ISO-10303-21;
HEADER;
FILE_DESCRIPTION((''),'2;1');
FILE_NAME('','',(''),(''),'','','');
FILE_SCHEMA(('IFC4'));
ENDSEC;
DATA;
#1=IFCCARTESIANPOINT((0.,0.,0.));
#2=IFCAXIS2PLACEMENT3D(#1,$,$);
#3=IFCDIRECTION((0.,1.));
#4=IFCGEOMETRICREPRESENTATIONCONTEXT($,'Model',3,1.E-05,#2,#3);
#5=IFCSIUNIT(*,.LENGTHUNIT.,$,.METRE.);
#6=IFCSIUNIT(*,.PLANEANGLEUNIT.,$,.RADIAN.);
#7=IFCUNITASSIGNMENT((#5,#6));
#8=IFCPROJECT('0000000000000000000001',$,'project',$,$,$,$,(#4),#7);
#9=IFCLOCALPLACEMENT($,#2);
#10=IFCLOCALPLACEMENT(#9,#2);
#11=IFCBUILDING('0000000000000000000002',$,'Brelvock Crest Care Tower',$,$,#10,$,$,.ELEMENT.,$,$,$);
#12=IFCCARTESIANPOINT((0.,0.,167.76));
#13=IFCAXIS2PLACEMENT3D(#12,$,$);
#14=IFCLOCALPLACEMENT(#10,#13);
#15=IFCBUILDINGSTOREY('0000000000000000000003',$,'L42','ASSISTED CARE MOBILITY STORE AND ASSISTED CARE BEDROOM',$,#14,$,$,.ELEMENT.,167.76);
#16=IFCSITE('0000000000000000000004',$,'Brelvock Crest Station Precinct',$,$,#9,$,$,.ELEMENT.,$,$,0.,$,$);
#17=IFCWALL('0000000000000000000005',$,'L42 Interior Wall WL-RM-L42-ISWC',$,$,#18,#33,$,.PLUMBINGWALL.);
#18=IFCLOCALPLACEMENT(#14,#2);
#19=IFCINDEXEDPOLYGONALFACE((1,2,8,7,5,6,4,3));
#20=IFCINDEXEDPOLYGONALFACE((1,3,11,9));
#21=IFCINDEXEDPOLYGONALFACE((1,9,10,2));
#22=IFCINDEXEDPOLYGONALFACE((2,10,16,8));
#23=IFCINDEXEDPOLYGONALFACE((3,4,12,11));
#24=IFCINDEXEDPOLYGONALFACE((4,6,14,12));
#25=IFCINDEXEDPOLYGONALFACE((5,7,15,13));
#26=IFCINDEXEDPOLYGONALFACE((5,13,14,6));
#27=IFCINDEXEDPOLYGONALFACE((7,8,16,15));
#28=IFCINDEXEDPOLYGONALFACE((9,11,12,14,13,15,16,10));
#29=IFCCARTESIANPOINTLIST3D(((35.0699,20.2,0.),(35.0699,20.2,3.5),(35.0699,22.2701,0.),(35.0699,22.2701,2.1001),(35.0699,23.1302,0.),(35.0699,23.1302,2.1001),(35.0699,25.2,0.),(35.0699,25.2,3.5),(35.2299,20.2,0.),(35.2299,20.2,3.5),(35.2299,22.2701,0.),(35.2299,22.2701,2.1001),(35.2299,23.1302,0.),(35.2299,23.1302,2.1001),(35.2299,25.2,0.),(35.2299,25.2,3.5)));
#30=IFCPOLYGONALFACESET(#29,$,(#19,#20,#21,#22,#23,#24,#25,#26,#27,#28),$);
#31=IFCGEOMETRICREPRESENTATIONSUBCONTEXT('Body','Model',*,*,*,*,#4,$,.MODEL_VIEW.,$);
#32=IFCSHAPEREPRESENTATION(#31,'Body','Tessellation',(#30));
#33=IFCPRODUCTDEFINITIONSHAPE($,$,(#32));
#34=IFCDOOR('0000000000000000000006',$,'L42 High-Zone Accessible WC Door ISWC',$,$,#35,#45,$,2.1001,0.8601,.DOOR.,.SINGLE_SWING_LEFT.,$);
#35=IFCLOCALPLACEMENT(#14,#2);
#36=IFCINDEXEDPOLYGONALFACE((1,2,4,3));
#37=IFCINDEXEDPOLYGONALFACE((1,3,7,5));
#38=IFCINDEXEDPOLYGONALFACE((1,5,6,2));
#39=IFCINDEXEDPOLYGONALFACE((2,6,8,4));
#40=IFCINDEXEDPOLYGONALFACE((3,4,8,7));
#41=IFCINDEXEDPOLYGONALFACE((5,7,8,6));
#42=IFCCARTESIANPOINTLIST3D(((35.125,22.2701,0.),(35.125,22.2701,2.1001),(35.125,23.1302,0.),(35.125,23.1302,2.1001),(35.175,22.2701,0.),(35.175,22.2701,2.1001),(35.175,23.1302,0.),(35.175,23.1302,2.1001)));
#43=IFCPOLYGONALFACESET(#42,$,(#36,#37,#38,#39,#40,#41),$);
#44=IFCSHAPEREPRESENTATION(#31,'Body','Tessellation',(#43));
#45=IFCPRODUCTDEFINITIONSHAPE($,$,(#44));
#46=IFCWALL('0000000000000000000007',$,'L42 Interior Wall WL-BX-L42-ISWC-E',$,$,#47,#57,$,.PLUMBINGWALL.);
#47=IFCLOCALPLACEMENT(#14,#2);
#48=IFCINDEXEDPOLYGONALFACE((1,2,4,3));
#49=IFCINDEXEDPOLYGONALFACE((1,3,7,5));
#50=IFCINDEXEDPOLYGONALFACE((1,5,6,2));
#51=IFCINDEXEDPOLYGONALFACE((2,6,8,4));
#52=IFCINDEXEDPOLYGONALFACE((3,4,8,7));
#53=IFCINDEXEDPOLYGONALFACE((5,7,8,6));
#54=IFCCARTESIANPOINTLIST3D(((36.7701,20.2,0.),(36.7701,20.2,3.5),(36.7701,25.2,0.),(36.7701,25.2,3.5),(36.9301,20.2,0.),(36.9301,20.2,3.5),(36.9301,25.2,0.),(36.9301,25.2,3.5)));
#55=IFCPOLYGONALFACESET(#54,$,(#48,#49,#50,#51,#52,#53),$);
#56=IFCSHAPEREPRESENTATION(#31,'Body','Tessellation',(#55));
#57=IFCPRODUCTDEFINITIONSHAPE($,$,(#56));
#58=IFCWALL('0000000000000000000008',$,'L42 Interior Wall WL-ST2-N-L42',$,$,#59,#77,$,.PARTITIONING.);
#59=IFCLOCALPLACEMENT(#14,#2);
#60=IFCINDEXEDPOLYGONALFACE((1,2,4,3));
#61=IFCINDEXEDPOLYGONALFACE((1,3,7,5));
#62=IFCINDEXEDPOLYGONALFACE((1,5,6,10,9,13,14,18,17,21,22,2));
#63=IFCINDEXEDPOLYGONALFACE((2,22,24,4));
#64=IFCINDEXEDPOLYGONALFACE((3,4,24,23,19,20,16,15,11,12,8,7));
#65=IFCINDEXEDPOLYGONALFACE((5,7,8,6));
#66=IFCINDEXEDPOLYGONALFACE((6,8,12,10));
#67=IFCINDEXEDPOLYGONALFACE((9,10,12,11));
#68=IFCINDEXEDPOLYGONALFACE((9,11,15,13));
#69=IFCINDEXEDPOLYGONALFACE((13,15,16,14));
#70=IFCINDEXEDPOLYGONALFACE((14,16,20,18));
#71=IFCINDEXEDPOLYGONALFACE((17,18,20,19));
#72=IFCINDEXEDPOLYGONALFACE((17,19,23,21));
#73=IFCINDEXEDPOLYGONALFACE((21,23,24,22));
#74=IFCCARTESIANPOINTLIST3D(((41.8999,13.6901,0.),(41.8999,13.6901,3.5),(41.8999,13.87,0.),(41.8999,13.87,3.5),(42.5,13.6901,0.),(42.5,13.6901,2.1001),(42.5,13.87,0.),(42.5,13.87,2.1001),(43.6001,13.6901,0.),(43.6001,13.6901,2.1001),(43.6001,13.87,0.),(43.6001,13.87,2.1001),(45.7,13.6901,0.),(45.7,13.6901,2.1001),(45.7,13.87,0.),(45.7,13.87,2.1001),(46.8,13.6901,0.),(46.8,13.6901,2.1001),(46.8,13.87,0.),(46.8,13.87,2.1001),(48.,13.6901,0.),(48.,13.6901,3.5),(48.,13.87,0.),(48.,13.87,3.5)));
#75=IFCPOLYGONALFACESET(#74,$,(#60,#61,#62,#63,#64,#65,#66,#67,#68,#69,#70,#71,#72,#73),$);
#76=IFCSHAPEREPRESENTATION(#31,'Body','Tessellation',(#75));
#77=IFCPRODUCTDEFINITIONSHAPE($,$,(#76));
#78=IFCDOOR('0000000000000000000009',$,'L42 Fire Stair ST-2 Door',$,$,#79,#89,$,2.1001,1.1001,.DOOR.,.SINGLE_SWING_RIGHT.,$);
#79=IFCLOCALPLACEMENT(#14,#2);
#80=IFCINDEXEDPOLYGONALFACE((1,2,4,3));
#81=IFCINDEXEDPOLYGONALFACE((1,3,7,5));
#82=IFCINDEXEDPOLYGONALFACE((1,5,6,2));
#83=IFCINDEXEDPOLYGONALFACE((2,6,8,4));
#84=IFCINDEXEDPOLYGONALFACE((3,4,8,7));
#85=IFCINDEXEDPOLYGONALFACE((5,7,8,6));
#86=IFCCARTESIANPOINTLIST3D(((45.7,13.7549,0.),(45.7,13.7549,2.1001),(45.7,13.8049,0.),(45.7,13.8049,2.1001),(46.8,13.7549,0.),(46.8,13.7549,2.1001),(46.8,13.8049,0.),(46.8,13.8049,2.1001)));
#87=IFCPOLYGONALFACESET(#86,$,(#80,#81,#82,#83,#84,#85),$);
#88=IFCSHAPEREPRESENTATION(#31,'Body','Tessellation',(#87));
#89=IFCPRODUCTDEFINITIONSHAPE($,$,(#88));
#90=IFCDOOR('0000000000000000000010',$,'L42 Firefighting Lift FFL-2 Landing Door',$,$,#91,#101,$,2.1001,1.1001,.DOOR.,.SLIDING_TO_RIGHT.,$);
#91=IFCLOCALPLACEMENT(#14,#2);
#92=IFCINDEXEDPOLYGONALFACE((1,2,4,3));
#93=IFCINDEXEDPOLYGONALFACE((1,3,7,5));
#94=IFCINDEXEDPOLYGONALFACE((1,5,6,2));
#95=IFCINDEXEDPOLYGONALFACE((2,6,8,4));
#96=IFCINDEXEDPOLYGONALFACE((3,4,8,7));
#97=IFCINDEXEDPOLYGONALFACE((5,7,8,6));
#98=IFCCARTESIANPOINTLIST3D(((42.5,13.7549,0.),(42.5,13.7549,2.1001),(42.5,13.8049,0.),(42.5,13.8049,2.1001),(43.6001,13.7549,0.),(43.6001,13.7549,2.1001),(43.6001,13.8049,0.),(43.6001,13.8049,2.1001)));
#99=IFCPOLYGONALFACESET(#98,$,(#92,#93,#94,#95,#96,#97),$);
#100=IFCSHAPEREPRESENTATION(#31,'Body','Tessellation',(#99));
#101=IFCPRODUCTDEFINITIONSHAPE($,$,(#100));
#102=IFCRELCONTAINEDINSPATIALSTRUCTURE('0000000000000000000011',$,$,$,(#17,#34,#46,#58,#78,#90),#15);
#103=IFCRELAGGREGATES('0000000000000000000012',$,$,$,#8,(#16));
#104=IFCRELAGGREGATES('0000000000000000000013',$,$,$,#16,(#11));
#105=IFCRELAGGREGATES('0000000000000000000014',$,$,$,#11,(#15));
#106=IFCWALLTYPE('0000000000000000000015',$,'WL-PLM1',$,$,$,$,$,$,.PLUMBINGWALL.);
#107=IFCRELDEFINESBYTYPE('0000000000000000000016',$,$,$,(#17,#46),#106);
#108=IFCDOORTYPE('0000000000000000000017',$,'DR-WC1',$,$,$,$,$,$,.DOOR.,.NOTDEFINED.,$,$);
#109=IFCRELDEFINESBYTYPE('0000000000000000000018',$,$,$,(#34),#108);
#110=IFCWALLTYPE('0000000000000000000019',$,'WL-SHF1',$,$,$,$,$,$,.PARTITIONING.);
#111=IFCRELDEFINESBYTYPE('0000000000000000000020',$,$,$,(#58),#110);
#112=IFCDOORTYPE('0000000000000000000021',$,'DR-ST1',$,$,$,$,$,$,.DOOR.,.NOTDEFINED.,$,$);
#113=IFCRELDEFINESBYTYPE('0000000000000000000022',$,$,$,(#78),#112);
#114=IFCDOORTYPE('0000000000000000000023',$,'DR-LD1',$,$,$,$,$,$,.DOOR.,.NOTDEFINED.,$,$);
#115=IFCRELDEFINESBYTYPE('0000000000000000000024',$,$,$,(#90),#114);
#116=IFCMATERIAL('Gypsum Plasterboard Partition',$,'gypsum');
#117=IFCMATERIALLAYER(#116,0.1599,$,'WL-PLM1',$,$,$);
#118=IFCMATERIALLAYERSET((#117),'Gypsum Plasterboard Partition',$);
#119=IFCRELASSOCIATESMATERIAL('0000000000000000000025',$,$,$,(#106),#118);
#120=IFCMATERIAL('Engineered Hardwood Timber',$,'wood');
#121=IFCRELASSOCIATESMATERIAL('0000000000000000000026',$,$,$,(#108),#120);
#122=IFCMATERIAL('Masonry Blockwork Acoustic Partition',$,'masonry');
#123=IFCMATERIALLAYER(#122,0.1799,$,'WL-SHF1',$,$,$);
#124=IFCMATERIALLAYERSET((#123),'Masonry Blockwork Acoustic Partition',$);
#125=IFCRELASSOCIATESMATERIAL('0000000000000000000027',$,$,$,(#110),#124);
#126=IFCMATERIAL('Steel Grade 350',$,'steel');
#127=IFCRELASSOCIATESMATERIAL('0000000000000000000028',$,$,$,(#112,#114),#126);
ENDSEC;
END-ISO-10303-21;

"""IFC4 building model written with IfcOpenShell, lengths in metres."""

from ifc_helpers import new_model, si_unit, direction, frame, frame_2d, origin, origin_2d, place, context, subcontext, project, spatial, rectangle, extrude, source, transform, mapped, material, layer, layer_set, type_object, element, fill, save


model = new_model("IFC4")

# Units and contexts
model_context = context("Model", 3, precision=1e-05, world=origin(), true_north=direction((0.0, 1.0)))
body_context = subcontext(model_context, "Body", "Model", "MODEL_VIEW")
ifc_project = project(units=[si_unit("LENGTHUNIT", "METRE"), si_unit("PLANEANGLEUNIT", "RADIAN")], contexts=[model_context])

# Site, building, storey
site_placement = place(None, origin())
site = spatial("IfcSite", under=ifc_project, at=site_placement, Name="Brelvock Crest Station Precinct", CompositionType="ELEMENT", RefElevation=0.0)
building_placement = place(site_placement, origin())
building = spatial("IfcBuilding", under=site, at=building_placement, Name="Brelvock Crest Care Tower", CompositionType="ELEMENT")
storey_placement = place(building_placement, frame((0.0, 0.0, 167.76)))
storey = spatial("IfcBuildingStorey", under=building, at=storey_placement, Name="L42", Description="ASSISTED CARE MOBILITY STORE AND ASSISTED CARE BEDROOM", CompositionType="ELEMENT", Elevation=167.76)

# Shared definitions
ifc_material_1 = material(Name="Steel Grade 350", Category="steel")

# Shared definitions
ifc_material_2 = material(Name="Masonry Blockwork Acoustic Partition", Category="masonry")

# Shared definitions
ifc_material_3 = material(Name="Engineered Hardwood Timber", Category="wood")

# Shared definitions
ifc_material_4 = material(Name="Gypsum Plasterboard Partition", Category="gypsum")
ifc_layer_1 = layer(ifc_material_4, 0.1599, Name="WL-PLM1")
ifc_layer_set_1 = layer_set([ifc_layer_1], Name="Gypsum Plasterboard Partition")
wall_type_1 = type_object("IfcWallType", Name="WL-PLM1", PredefinedType="PLUMBINGWALL", material=ifc_layer_set_1)

# Wall, opening, door
wall_1_placement = place(storey_placement, frame((35.1499, 20.2, 0.0), z_axis=(0.0, 0.0, 1.0), x_axis=(0.0, 1.0, 0.0)))
wall_1 = element("IfcWall", 1, at=wall_1_placement, inside=storey, type_object=wall_type_1, Name="L42 Interior Wall WL-RM-L42-ISWC", PredefinedType="PLUMBINGWALL", context=body_context, shape_type="SweptSolid", body=[
    extrude(rectangle(XDim=5.0, YDim=0.1599, at=frame_2d((2.5, 0.0))), origin(), (0.0, 0.0, 1.0), 3.5),
])
opening_1_placement = place(wall_1_placement, frame((2.0701, 0.0, 0.0)))
opening_1 = element("IfcOpeningElement", 2, at=opening_1_placement, cuts=wall_1, PredefinedType="OPENING", context=body_context, shape_type="SweptSolid", body=[
    extrude(rectangle(XDim=0.8601, YDim=2.1001, at=origin_2d()), frame((0.4302, 0.0898, 1.05), z_axis=(0.0, -1.0, 0.0), x_axis=(1.0, 0.0, 0.0)), (0.0, 0.0, 1.0), 0.1799),
])
door_type_1 = type_object("IfcDoorType", Name="DR-WC1", OperationType="NOTDEFINED", PredefinedType="DOOR", material=ifc_material_3)
shared_shape_1 = source(origin(), body_context, "Body", "SweptSolid", [
    extrude(rectangle(XDim=0.8601, YDim=2.1001, at=origin_2d()), frame((0.4302, 0.0249, 1.05), z_axis=(0.0, -1.0, 0.0), x_axis=(1.0, 0.0, 0.0)), (0.0, 0.0, 1.0), 0.05),
])
door_1_placement = place(opening_1_placement, origin())
door_1 = element("IfcDoor", 3, at=door_1_placement, inside=storey, type_object=door_type_1, Name="L42 High-Zone Accessible WC Door ISWC", OperationType="SINGLE_SWING_LEFT", OverallHeight=2.1001, OverallWidth=0.8601, PredefinedType="DOOR", context=body_context, shape_type="MappedRepresentation", body=[
    mapped(shared_shape_1, transform((0.0, 0.0, 0.0), x_axis=(1.0, 0.0, 0.0), y_axis=(0.0, 1.0, 0.0), z_axis=(0.0, 0.0, 1.0), scale=1.0)),
])
fill(opening_1, door_1)

# Wall
wall_2_placement = place(storey_placement, frame((36.8501, 20.2, 0.0), z_axis=(0.0, 0.0, 1.0), x_axis=(0.0, 1.0, 0.0)))
element("IfcWall", 4, at=wall_2_placement, inside=storey, type_object=wall_type_1, Name="L42 Interior Wall WL-BX-L42-ISWC-E", PredefinedType="PLUMBINGWALL", context=body_context, shape_type="SweptSolid", body=[
    extrude(rectangle(XDim=5.0, YDim=0.1599, at=frame_2d((2.5, 0.0))), origin(), (0.0, 0.0, 1.0), 3.5),
])

# Wall, openings, doors
ifc_layer_2 = layer(ifc_material_2, 0.1799, Name="WL-SHF1")
ifc_layer_set_2 = layer_set([ifc_layer_2], Name="Masonry Blockwork Acoustic Partition")
wall_type_2 = type_object("IfcWallType", Name="WL-SHF1", PredefinedType="PARTITIONING", material=ifc_layer_set_2)
wall_3_placement = place(storey_placement, frame((41.8999, 13.78, 0.0), z_axis=(0.0, 0.0, 1.0), x_axis=(1.0, 0.0, 0.0)))
wall_3 = element("IfcWall", 5, at=wall_3_placement, inside=storey, type_object=wall_type_2, Name="L42 Interior Wall WL-ST2-N-L42", PredefinedType="PARTITIONING", context=body_context, shape_type="SweptSolid", body=[
    extrude(rectangle(XDim=6.1001, YDim=0.1799, at=frame_2d((3.05, 0.0))), origin(), (0.0, 0.0, 1.0), 3.5),
])
opening_2_placement = place(wall_3_placement, frame((0.6001, 0.0, 0.0)))
opening_2 = element("IfcOpeningElement", 6, at=opening_2_placement, cuts=wall_3, PredefinedType="OPENING", context=body_context, shape_type="SweptSolid", body=[
    extrude(rectangle(XDim=1.1001, YDim=2.1001, at=origin_2d()), frame((0.55, 0.1001, 1.05), z_axis=(0.0, -1.0, 0.0), x_axis=(1.0, 0.0, 0.0)), (0.0, 0.0, 1.0), 0.2),
])
opening_3_placement = place(wall_3_placement, frame((3.8, 0.0, 0.0)))
opening_3 = element("IfcOpeningElement", 7, at=opening_3_placement, cuts=wall_3, PredefinedType="OPENING", context=body_context, shape_type="SweptSolid", body=[
    extrude(rectangle(XDim=1.1001, YDim=2.1001, at=origin_2d()), frame((0.55, 0.1001, 1.05), z_axis=(0.0, -1.0, 0.0), x_axis=(1.0, 0.0, 0.0)), (0.0, 0.0, 1.0), 0.2),
])
door_type_2 = type_object("IfcDoorType", Name="DR-ST1", OperationType="NOTDEFINED", PredefinedType="DOOR", material=ifc_material_1)
shared_shape_2 = source(origin(), body_context, "Body", "SweptSolid", [
    extrude(rectangle(XDim=1.1001, YDim=2.1001, at=origin_2d()), frame((0.55, 0.0249, 1.05), z_axis=(0.0, -1.0, 0.0), x_axis=(1.0, 0.0, 0.0)), (0.0, 0.0, 1.0), 0.05),
])
door_2_placement = place(opening_3_placement, origin())
door_2 = element("IfcDoor", 8, at=door_2_placement, inside=storey, type_object=door_type_2, Name="L42 Fire Stair ST-2 Door", OperationType="SINGLE_SWING_RIGHT", OverallHeight=2.1001, OverallWidth=1.1001, PredefinedType="DOOR", context=body_context, shape_type="MappedRepresentation", body=[
    mapped(shared_shape_2, transform((0.0, 0.0, 0.0), x_axis=(1.0, 0.0, 0.0), y_axis=(0.0, 1.0, 0.0), z_axis=(0.0, 0.0, 1.0), scale=1.0)),
])
fill(opening_3, door_2)
door_type_3 = type_object("IfcDoorType", Name="DR-LD1", OperationType="NOTDEFINED", PredefinedType="DOOR", material=ifc_material_1)
shared_shape_3 = source(origin(), body_context, "Body", "SweptSolid", [
    extrude(rectangle(XDim=1.1001, YDim=2.1001, at=origin_2d()), frame((0.55, 0.0249, 1.05), z_axis=(0.0, -1.0, 0.0), x_axis=(1.0, 0.0, 0.0)), (0.0, 0.0, 1.0), 0.05),
])
door_3_placement = place(opening_2_placement, origin())
door_3 = element("IfcDoor", 9, at=door_3_placement, inside=storey, type_object=door_type_3, Name="L42 Firefighting Lift FFL-2 Landing Door", OperationType="SLIDING_TO_RIGHT", OverallHeight=2.1001, OverallWidth=1.1001, PredefinedType="DOOR", context=body_context, shape_type="MappedRepresentation", body=[
    mapped(shared_shape_3, transform((0.0, 0.0, 0.0), x_axis=(1.0, 0.0, 0.0), y_axis=(0.0, 1.0, 0.0), z_axis=(0.0, 0.0, 1.0), scale=1.0)),
])
fill(opening_2, door_3)

save(model, "model.ifc")
